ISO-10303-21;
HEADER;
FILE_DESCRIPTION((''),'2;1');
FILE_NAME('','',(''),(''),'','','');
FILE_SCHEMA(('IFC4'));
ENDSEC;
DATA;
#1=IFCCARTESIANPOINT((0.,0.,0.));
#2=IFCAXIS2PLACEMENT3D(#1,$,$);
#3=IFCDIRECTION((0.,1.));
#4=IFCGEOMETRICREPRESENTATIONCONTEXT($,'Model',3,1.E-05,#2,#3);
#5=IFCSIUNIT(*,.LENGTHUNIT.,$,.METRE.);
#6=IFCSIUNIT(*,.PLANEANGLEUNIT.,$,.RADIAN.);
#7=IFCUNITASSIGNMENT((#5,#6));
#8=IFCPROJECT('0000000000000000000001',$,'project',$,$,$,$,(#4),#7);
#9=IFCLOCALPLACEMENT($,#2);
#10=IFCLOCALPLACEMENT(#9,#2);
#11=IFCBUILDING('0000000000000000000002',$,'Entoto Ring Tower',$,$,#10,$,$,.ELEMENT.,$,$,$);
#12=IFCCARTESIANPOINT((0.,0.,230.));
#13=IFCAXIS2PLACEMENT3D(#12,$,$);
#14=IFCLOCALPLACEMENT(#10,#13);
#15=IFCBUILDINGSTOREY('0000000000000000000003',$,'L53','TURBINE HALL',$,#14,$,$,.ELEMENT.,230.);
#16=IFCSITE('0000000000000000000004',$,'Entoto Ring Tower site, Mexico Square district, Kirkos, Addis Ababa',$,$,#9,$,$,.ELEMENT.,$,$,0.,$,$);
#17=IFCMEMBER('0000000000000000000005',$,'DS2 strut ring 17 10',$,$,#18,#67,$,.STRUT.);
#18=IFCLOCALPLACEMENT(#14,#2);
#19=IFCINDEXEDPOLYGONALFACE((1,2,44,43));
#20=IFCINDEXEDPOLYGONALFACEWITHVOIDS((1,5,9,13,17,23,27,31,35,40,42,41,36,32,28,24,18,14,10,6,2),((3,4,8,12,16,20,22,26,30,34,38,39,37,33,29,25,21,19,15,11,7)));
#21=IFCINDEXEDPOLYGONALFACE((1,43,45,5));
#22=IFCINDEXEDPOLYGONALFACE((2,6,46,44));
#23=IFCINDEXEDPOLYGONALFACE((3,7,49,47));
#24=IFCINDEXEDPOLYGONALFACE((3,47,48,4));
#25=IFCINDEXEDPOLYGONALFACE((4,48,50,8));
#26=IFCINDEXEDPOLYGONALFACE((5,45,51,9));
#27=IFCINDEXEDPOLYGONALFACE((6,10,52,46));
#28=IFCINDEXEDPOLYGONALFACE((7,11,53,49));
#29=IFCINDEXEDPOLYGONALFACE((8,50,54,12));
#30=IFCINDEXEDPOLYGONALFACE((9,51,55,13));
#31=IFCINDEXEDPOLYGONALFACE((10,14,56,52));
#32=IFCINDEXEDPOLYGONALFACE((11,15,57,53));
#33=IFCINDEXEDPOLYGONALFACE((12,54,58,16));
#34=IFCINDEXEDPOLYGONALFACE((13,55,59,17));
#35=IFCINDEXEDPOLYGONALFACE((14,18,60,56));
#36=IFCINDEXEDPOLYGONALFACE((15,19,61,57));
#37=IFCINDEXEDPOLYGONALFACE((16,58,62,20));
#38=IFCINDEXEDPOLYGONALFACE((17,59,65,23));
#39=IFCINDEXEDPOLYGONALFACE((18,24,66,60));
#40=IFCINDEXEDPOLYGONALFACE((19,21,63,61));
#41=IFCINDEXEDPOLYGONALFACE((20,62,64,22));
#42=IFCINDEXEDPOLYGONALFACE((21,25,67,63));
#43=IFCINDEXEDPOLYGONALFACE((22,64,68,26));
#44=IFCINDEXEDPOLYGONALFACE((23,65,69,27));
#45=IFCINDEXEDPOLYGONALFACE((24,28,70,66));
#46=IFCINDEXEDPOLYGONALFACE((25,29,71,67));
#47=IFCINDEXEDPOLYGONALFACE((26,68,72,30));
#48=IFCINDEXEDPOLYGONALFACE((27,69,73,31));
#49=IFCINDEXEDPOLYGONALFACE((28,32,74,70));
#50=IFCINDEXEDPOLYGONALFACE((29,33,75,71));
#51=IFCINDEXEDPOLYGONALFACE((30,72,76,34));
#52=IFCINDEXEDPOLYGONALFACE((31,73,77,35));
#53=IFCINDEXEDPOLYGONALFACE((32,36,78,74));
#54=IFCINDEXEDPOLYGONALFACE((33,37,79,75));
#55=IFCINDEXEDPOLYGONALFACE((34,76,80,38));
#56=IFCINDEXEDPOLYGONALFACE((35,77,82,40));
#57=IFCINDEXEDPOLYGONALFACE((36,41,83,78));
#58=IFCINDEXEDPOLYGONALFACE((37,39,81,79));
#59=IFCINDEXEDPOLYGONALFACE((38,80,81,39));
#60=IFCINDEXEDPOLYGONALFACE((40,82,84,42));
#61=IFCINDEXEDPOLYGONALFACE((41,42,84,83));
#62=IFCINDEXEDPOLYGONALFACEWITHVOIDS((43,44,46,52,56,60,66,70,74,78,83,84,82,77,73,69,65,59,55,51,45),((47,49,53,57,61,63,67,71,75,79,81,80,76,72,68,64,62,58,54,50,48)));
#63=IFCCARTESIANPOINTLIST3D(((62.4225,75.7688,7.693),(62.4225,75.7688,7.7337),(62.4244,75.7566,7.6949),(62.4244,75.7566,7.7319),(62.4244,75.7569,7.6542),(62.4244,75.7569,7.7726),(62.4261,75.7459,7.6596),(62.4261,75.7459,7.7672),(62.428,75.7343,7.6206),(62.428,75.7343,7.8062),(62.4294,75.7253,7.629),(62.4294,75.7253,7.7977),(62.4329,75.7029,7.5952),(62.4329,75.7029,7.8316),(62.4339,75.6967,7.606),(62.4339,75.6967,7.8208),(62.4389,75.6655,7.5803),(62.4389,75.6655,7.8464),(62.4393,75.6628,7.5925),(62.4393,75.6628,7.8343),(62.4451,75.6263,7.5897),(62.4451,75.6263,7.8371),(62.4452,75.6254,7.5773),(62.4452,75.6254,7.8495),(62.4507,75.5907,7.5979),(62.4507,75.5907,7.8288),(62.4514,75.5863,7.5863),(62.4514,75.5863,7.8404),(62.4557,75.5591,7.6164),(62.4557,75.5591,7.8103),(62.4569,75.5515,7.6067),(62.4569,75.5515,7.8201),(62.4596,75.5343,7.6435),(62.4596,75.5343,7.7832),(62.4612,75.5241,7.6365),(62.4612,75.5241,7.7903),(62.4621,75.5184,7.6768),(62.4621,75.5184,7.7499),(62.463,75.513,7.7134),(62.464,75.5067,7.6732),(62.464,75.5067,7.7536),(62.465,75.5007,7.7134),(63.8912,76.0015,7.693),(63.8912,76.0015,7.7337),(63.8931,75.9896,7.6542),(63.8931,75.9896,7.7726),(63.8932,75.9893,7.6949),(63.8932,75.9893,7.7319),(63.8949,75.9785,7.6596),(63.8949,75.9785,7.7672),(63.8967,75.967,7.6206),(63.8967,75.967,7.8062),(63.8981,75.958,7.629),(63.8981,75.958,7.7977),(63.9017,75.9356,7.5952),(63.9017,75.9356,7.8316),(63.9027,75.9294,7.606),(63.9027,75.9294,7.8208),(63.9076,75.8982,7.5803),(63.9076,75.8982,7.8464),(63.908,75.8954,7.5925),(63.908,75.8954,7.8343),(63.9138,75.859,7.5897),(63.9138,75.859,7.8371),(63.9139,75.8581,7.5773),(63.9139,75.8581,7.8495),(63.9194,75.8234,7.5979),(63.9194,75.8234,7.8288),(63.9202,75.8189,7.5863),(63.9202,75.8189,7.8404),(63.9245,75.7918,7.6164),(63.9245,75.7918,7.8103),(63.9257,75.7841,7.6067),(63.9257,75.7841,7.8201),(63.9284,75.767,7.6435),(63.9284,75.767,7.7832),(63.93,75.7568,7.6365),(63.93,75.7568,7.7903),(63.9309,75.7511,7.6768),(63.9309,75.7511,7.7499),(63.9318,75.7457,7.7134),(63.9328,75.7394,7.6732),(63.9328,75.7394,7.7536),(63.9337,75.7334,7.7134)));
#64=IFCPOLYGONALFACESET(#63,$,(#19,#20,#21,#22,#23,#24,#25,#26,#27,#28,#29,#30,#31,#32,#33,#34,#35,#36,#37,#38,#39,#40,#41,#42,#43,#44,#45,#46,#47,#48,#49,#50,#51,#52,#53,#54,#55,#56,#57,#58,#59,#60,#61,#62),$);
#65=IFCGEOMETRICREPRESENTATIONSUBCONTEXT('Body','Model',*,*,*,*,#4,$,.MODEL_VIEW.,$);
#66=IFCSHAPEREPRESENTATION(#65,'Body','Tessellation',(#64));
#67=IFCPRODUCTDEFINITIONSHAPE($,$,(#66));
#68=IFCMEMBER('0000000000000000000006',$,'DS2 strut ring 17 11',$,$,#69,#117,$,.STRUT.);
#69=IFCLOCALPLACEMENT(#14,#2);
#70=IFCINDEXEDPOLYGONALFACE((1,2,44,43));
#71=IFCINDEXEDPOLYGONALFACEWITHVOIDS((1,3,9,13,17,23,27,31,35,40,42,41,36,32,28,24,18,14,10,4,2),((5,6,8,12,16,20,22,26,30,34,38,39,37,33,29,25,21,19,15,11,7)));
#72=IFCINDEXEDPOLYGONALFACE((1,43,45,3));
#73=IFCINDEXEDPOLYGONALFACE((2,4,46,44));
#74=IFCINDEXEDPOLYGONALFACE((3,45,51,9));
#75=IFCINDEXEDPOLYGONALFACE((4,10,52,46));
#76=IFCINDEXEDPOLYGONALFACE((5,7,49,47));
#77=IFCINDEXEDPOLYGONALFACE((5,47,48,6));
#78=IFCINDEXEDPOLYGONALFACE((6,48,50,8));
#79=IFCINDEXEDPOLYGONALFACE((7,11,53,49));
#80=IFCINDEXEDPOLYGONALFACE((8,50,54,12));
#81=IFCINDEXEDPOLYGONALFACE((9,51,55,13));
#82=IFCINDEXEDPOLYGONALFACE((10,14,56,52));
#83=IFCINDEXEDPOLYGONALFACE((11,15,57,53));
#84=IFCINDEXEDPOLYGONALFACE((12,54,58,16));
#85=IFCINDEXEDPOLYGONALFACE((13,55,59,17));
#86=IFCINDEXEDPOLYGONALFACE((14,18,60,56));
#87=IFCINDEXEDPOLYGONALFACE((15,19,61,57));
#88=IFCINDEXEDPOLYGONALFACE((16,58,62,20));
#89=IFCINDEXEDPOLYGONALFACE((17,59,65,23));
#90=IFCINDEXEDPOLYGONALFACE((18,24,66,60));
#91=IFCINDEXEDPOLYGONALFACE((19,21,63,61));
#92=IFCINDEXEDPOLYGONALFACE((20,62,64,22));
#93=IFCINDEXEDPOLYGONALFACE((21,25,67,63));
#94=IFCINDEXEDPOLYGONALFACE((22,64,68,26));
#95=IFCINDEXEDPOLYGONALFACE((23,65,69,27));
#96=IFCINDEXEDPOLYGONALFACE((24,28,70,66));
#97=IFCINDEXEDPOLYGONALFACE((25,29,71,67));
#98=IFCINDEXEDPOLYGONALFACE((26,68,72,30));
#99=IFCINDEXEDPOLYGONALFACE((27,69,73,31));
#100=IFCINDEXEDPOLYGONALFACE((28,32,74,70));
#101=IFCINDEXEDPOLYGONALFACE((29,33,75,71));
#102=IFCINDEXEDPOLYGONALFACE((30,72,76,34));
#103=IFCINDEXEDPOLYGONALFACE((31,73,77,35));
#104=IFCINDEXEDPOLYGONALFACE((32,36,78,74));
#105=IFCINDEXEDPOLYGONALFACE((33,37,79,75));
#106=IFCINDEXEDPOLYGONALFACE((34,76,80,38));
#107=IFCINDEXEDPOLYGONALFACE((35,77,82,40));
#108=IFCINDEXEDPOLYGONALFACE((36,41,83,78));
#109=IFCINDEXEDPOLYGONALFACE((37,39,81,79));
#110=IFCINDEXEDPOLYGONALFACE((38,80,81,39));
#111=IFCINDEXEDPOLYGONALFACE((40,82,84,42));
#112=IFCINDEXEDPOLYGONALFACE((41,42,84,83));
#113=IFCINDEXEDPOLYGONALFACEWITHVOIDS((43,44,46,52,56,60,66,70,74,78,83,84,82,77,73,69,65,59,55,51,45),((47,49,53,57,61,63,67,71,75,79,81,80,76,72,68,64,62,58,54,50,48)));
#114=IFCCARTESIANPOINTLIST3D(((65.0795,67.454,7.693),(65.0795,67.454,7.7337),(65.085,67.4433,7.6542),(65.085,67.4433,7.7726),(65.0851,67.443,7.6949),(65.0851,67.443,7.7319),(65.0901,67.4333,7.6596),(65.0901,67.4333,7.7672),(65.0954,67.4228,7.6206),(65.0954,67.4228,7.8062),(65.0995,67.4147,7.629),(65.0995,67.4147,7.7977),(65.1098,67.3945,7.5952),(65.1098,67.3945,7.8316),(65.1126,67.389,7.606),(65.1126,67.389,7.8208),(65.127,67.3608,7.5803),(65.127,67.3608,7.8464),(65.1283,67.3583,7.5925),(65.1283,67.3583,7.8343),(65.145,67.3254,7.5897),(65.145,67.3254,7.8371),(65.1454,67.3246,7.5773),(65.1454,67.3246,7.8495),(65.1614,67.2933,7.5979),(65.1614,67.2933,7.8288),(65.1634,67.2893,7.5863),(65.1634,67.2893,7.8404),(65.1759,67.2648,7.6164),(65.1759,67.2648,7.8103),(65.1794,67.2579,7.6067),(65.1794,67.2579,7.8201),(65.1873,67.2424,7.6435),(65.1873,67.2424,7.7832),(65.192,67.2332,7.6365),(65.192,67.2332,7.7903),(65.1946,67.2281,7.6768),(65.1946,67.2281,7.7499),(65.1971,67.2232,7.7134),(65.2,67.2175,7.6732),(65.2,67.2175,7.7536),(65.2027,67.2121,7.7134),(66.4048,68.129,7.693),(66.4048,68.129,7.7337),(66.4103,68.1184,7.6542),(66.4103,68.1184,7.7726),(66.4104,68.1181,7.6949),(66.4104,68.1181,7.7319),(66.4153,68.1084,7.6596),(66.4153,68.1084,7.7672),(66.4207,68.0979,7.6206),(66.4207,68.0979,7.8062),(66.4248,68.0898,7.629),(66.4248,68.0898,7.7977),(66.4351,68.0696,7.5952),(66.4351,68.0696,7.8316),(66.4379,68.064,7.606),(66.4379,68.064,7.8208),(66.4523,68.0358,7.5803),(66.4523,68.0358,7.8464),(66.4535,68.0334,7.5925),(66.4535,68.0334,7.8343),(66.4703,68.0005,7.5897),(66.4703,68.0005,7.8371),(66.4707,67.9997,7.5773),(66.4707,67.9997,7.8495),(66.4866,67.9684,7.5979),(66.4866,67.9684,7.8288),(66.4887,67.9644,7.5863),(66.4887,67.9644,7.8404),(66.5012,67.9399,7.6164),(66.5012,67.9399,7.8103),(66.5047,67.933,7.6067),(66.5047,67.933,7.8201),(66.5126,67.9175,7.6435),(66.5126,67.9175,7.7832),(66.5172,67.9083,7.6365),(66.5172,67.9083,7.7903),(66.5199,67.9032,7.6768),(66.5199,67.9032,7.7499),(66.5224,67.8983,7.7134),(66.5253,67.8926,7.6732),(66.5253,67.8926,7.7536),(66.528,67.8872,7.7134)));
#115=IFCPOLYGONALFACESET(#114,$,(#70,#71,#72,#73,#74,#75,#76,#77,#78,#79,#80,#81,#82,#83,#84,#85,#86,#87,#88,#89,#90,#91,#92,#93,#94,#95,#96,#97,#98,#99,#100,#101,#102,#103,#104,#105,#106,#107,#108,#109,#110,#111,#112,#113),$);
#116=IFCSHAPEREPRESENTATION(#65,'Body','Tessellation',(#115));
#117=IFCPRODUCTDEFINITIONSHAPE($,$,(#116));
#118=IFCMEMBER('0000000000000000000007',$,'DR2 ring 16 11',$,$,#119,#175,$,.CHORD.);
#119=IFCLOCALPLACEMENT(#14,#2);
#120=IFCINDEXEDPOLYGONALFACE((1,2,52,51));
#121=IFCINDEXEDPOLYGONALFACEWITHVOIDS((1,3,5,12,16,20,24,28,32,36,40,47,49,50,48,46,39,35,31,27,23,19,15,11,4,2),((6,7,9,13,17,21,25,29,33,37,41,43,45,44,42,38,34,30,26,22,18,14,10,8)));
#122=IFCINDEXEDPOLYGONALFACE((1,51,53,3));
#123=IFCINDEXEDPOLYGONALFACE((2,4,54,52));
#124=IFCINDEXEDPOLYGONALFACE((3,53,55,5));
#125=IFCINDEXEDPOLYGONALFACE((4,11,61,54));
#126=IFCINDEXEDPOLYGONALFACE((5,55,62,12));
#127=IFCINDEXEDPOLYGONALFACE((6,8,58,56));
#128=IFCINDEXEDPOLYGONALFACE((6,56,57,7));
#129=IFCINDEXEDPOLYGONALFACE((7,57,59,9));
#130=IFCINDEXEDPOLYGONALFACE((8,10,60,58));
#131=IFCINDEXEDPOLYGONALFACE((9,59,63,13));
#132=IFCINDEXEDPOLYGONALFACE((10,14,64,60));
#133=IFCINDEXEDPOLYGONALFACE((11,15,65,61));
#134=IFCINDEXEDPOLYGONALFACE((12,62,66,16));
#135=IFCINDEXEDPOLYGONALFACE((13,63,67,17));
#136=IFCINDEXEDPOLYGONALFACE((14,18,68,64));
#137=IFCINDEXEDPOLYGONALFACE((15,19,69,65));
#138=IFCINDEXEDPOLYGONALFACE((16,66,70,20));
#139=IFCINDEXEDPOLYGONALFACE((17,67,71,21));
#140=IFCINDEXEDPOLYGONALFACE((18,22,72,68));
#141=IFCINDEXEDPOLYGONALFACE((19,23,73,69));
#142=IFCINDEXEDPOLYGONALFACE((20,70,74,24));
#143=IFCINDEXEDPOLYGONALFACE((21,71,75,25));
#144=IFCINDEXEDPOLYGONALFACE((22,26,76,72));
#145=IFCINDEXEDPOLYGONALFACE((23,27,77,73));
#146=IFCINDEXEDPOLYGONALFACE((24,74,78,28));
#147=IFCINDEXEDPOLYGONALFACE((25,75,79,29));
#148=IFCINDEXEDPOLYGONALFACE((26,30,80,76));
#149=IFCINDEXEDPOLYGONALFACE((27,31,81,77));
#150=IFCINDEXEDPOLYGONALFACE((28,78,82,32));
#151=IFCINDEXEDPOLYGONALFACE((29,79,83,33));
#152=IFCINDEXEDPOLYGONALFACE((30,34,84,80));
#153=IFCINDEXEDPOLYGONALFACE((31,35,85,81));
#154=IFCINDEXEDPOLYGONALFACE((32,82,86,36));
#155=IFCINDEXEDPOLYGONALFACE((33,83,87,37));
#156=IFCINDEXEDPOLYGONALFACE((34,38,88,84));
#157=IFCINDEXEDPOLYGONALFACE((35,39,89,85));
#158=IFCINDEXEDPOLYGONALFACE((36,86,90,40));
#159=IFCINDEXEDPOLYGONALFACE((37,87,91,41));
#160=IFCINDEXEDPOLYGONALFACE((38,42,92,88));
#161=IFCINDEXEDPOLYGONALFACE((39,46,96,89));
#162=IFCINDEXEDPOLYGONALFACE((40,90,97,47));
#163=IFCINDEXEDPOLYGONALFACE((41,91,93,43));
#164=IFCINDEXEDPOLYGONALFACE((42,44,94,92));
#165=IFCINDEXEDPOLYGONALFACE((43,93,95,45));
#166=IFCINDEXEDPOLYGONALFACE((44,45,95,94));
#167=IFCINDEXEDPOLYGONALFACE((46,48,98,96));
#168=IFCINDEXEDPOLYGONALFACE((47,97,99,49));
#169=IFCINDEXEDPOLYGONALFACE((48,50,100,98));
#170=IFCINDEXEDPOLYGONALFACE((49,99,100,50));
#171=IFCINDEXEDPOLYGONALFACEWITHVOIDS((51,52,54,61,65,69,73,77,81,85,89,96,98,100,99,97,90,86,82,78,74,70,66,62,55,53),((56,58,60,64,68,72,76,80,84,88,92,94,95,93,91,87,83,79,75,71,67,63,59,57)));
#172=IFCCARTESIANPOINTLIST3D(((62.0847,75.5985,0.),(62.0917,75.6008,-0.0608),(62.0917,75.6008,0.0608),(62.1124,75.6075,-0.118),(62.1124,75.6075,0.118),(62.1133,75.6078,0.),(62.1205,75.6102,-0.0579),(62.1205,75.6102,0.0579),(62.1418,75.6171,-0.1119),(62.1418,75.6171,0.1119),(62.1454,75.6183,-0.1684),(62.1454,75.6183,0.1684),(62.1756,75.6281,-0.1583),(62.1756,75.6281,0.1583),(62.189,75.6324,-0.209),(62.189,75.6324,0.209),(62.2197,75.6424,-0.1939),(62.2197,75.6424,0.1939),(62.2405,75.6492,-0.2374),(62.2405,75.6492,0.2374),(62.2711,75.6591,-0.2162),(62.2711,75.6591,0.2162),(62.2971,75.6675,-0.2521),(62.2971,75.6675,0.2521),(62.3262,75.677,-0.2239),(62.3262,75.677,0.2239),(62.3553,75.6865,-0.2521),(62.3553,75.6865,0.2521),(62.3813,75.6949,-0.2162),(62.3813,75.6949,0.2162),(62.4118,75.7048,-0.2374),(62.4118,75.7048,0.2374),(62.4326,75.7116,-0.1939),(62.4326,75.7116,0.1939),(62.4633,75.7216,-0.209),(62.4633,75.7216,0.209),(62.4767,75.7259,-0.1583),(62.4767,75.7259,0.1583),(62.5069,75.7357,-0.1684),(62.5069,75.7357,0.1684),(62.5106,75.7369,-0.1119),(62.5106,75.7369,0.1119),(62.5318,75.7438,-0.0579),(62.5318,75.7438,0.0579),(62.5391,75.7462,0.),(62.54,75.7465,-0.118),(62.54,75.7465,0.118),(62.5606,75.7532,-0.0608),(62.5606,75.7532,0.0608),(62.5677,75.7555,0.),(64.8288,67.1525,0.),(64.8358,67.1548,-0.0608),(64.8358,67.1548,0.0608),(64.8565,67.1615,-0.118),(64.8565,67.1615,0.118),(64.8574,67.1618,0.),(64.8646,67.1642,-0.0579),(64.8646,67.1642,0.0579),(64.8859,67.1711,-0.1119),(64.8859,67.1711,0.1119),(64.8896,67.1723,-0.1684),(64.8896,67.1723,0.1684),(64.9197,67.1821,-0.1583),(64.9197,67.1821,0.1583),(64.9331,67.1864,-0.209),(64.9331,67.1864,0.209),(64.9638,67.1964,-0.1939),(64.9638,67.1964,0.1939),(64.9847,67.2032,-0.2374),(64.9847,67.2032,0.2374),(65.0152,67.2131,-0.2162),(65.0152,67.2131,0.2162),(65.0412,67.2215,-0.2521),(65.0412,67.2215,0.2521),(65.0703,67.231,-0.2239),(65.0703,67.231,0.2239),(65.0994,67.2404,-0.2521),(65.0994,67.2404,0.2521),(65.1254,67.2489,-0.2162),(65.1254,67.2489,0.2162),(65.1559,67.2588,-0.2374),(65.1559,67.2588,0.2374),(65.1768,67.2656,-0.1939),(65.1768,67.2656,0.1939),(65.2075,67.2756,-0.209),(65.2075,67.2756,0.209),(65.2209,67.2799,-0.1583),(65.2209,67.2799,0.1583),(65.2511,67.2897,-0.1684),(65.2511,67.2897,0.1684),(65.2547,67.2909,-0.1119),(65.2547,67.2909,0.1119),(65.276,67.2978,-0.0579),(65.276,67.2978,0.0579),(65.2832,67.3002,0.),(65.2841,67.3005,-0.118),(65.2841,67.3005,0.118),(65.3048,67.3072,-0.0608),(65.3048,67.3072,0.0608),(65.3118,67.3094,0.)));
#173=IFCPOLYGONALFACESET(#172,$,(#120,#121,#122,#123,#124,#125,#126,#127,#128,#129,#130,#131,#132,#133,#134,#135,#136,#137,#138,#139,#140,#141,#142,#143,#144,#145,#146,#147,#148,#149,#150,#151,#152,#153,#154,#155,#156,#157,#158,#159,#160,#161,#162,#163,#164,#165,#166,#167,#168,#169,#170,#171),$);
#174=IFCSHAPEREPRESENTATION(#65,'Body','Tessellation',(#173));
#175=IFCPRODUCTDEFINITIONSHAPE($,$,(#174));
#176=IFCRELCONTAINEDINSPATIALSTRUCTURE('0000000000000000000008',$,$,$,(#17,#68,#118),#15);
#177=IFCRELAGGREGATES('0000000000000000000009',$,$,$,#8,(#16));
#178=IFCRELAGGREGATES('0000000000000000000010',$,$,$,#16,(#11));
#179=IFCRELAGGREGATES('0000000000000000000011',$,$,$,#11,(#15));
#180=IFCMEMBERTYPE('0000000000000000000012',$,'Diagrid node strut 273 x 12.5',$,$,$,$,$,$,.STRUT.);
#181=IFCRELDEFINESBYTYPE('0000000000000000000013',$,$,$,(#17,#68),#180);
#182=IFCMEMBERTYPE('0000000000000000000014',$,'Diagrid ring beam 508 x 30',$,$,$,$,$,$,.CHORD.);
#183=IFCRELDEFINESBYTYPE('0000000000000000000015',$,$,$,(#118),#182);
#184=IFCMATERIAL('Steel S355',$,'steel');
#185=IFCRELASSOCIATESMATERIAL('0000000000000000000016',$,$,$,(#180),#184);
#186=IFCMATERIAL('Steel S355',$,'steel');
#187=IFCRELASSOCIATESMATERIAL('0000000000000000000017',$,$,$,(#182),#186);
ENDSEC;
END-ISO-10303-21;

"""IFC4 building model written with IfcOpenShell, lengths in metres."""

from ifc_helpers import new_model, si_unit, direction, frame, origin, origin_2d, place, context, subcontext, project, spatial, circle, hollow_circle, extrude, material, material_profile, profile_set, type_object, element, save


model = new_model("IFC4")

# Units and contexts
model_context = context("Model", 3, precision=1e-05, world=origin(), true_north=direction((0.0, 1.0)))
body_context = subcontext(model_context, "Body", "Model", "MODEL_VIEW")
ifc_project = project(units=[si_unit("LENGTHUNIT", "METRE"), si_unit("PLANEANGLEUNIT", "RADIAN")], contexts=[model_context])

# Site, building, storey
site_placement = place(None, origin())
site = spatial("IfcSite", under=ifc_project, at=site_placement, Name="Entoto Ring Tower site, Mexico Square district, Kirkos, Addis Ababa", CompositionType="ELEMENT", RefElevation=0.0)
building_placement = place(site_placement, origin())
building = spatial("IfcBuilding", under=site, at=building_placement, Name="Entoto Ring Tower", CompositionType="ELEMENT")
storey_placement = place(building_placement, frame((0.0, 0.0, 230.0)))
storey = spatial("IfcBuildingStorey", under=building, at=storey_placement, Name="L53", Description="TURBINE HALL", CompositionType="ELEMENT", Elevation=230.0)

# Members
ifc_material_1 = material(Name="Steel S355", Category="steel")
ifc_material_profile_1 = material_profile(ifc_material_1, hollow_circle(Radius=0.1365, WallThickness=0.0125, at=origin_2d()), Name="CHS 273 x 12.5")
ifc_material_2 = material(Name="Concrete C60/75", Category="concrete")
ifc_material_profile_2 = material_profile(ifc_material_2, circle(Radius=0.124, at=origin_2d()), Name="Concrete C60/75 infill")
ifc_profile_set_1 = profile_set([ifc_material_profile_1, ifc_material_profile_2], Name="Steel S355")
member_type_1 = type_object("IfcMemberType", Name="Diagrid node strut 273 x 12.5", PredefinedType="STRUT", material=ifc_profile_set_1)
member_1_placement = place(storey_placement, frame((63.9124, 75.8682, 7.7134), z_axis=(-0.987684, -0.15646, 0.0), x_axis=(0.15646, -0.987684, 0.0)))
element("IfcMember", 1, at=member_1_placement, inside=storey, type_object=member_type_1, Name="DS2 strut ring 17 10", PredefinedType="STRUT", context=body_context, shape_type="SweptSolid", body=[
    extrude(hollow_circle(Radius=0.1365, WallThickness=0.0125, at=origin_2d()), origin(), (0.0, 0.0, 1.0), 1.4871),
])
member_2_placement = place(storey_placement, frame((66.4661, 68.0088, 7.7134), z_axis=(-0.891053, -0.453899, 0.0), x_axis=(0.453899, -0.891053, 0.0)))
element("IfcMember", 2, at=member_2_placement, inside=storey, type_object=member_type_1, Name="DS2 strut ring 17 11", PredefinedType="STRUT", context=body_context, shape_type="SweptSolid", body=[
    extrude(hollow_circle(Radius=0.1365, WallThickness=0.0125, at=origin_2d()), origin(), (0.0, 0.0, 1.0), 1.4873),
])
ifc_material_3 = material(Name="Steel S355", Category="steel")
ifc_material_profile_3 = material_profile(ifc_material_3, hollow_circle(Radius=0.2539, WallThickness=0.03, at=origin_2d()), Name="CHS 508 x 30")
ifc_material_4 = material(Name="Concrete C60/75", Category="concrete")
ifc_material_profile_4 = material_profile(ifc_material_4, circle(Radius=0.2241, at=origin_2d()), Name="Concrete C60/75 infill")
ifc_profile_set_2 = profile_set([ifc_material_profile_3, ifc_material_profile_4], Name="Steel S355")
member_type_2 = type_object("IfcMemberType", Name="Diagrid ring beam 508 x 30", PredefinedType="CHORD", material=ifc_profile_set_2)
for number, where, z_axis, x_axis, name in (
    (3, (62.3262, 75.677, 0.0), (0.309002, -0.951061, 0.0), (0.951061, 0.309002, 0.0), "DR2 ring 16 11"),
):
    element("IfcMember", number, at=place(storey_placement, frame(where, z_axis=z_axis, x_axis=x_axis)), inside=storey, type_object=member_type_2, Name=name, PredefinedType="CHORD", context=body_context, shape_type="SweptSolid", body=[
        extrude(hollow_circle(Radius=0.2539, WallThickness=0.03, at=origin_2d()), origin(), (0.0, 0.0, 1.0), 8.8806),
    ])

save(model, "model.ifc")
